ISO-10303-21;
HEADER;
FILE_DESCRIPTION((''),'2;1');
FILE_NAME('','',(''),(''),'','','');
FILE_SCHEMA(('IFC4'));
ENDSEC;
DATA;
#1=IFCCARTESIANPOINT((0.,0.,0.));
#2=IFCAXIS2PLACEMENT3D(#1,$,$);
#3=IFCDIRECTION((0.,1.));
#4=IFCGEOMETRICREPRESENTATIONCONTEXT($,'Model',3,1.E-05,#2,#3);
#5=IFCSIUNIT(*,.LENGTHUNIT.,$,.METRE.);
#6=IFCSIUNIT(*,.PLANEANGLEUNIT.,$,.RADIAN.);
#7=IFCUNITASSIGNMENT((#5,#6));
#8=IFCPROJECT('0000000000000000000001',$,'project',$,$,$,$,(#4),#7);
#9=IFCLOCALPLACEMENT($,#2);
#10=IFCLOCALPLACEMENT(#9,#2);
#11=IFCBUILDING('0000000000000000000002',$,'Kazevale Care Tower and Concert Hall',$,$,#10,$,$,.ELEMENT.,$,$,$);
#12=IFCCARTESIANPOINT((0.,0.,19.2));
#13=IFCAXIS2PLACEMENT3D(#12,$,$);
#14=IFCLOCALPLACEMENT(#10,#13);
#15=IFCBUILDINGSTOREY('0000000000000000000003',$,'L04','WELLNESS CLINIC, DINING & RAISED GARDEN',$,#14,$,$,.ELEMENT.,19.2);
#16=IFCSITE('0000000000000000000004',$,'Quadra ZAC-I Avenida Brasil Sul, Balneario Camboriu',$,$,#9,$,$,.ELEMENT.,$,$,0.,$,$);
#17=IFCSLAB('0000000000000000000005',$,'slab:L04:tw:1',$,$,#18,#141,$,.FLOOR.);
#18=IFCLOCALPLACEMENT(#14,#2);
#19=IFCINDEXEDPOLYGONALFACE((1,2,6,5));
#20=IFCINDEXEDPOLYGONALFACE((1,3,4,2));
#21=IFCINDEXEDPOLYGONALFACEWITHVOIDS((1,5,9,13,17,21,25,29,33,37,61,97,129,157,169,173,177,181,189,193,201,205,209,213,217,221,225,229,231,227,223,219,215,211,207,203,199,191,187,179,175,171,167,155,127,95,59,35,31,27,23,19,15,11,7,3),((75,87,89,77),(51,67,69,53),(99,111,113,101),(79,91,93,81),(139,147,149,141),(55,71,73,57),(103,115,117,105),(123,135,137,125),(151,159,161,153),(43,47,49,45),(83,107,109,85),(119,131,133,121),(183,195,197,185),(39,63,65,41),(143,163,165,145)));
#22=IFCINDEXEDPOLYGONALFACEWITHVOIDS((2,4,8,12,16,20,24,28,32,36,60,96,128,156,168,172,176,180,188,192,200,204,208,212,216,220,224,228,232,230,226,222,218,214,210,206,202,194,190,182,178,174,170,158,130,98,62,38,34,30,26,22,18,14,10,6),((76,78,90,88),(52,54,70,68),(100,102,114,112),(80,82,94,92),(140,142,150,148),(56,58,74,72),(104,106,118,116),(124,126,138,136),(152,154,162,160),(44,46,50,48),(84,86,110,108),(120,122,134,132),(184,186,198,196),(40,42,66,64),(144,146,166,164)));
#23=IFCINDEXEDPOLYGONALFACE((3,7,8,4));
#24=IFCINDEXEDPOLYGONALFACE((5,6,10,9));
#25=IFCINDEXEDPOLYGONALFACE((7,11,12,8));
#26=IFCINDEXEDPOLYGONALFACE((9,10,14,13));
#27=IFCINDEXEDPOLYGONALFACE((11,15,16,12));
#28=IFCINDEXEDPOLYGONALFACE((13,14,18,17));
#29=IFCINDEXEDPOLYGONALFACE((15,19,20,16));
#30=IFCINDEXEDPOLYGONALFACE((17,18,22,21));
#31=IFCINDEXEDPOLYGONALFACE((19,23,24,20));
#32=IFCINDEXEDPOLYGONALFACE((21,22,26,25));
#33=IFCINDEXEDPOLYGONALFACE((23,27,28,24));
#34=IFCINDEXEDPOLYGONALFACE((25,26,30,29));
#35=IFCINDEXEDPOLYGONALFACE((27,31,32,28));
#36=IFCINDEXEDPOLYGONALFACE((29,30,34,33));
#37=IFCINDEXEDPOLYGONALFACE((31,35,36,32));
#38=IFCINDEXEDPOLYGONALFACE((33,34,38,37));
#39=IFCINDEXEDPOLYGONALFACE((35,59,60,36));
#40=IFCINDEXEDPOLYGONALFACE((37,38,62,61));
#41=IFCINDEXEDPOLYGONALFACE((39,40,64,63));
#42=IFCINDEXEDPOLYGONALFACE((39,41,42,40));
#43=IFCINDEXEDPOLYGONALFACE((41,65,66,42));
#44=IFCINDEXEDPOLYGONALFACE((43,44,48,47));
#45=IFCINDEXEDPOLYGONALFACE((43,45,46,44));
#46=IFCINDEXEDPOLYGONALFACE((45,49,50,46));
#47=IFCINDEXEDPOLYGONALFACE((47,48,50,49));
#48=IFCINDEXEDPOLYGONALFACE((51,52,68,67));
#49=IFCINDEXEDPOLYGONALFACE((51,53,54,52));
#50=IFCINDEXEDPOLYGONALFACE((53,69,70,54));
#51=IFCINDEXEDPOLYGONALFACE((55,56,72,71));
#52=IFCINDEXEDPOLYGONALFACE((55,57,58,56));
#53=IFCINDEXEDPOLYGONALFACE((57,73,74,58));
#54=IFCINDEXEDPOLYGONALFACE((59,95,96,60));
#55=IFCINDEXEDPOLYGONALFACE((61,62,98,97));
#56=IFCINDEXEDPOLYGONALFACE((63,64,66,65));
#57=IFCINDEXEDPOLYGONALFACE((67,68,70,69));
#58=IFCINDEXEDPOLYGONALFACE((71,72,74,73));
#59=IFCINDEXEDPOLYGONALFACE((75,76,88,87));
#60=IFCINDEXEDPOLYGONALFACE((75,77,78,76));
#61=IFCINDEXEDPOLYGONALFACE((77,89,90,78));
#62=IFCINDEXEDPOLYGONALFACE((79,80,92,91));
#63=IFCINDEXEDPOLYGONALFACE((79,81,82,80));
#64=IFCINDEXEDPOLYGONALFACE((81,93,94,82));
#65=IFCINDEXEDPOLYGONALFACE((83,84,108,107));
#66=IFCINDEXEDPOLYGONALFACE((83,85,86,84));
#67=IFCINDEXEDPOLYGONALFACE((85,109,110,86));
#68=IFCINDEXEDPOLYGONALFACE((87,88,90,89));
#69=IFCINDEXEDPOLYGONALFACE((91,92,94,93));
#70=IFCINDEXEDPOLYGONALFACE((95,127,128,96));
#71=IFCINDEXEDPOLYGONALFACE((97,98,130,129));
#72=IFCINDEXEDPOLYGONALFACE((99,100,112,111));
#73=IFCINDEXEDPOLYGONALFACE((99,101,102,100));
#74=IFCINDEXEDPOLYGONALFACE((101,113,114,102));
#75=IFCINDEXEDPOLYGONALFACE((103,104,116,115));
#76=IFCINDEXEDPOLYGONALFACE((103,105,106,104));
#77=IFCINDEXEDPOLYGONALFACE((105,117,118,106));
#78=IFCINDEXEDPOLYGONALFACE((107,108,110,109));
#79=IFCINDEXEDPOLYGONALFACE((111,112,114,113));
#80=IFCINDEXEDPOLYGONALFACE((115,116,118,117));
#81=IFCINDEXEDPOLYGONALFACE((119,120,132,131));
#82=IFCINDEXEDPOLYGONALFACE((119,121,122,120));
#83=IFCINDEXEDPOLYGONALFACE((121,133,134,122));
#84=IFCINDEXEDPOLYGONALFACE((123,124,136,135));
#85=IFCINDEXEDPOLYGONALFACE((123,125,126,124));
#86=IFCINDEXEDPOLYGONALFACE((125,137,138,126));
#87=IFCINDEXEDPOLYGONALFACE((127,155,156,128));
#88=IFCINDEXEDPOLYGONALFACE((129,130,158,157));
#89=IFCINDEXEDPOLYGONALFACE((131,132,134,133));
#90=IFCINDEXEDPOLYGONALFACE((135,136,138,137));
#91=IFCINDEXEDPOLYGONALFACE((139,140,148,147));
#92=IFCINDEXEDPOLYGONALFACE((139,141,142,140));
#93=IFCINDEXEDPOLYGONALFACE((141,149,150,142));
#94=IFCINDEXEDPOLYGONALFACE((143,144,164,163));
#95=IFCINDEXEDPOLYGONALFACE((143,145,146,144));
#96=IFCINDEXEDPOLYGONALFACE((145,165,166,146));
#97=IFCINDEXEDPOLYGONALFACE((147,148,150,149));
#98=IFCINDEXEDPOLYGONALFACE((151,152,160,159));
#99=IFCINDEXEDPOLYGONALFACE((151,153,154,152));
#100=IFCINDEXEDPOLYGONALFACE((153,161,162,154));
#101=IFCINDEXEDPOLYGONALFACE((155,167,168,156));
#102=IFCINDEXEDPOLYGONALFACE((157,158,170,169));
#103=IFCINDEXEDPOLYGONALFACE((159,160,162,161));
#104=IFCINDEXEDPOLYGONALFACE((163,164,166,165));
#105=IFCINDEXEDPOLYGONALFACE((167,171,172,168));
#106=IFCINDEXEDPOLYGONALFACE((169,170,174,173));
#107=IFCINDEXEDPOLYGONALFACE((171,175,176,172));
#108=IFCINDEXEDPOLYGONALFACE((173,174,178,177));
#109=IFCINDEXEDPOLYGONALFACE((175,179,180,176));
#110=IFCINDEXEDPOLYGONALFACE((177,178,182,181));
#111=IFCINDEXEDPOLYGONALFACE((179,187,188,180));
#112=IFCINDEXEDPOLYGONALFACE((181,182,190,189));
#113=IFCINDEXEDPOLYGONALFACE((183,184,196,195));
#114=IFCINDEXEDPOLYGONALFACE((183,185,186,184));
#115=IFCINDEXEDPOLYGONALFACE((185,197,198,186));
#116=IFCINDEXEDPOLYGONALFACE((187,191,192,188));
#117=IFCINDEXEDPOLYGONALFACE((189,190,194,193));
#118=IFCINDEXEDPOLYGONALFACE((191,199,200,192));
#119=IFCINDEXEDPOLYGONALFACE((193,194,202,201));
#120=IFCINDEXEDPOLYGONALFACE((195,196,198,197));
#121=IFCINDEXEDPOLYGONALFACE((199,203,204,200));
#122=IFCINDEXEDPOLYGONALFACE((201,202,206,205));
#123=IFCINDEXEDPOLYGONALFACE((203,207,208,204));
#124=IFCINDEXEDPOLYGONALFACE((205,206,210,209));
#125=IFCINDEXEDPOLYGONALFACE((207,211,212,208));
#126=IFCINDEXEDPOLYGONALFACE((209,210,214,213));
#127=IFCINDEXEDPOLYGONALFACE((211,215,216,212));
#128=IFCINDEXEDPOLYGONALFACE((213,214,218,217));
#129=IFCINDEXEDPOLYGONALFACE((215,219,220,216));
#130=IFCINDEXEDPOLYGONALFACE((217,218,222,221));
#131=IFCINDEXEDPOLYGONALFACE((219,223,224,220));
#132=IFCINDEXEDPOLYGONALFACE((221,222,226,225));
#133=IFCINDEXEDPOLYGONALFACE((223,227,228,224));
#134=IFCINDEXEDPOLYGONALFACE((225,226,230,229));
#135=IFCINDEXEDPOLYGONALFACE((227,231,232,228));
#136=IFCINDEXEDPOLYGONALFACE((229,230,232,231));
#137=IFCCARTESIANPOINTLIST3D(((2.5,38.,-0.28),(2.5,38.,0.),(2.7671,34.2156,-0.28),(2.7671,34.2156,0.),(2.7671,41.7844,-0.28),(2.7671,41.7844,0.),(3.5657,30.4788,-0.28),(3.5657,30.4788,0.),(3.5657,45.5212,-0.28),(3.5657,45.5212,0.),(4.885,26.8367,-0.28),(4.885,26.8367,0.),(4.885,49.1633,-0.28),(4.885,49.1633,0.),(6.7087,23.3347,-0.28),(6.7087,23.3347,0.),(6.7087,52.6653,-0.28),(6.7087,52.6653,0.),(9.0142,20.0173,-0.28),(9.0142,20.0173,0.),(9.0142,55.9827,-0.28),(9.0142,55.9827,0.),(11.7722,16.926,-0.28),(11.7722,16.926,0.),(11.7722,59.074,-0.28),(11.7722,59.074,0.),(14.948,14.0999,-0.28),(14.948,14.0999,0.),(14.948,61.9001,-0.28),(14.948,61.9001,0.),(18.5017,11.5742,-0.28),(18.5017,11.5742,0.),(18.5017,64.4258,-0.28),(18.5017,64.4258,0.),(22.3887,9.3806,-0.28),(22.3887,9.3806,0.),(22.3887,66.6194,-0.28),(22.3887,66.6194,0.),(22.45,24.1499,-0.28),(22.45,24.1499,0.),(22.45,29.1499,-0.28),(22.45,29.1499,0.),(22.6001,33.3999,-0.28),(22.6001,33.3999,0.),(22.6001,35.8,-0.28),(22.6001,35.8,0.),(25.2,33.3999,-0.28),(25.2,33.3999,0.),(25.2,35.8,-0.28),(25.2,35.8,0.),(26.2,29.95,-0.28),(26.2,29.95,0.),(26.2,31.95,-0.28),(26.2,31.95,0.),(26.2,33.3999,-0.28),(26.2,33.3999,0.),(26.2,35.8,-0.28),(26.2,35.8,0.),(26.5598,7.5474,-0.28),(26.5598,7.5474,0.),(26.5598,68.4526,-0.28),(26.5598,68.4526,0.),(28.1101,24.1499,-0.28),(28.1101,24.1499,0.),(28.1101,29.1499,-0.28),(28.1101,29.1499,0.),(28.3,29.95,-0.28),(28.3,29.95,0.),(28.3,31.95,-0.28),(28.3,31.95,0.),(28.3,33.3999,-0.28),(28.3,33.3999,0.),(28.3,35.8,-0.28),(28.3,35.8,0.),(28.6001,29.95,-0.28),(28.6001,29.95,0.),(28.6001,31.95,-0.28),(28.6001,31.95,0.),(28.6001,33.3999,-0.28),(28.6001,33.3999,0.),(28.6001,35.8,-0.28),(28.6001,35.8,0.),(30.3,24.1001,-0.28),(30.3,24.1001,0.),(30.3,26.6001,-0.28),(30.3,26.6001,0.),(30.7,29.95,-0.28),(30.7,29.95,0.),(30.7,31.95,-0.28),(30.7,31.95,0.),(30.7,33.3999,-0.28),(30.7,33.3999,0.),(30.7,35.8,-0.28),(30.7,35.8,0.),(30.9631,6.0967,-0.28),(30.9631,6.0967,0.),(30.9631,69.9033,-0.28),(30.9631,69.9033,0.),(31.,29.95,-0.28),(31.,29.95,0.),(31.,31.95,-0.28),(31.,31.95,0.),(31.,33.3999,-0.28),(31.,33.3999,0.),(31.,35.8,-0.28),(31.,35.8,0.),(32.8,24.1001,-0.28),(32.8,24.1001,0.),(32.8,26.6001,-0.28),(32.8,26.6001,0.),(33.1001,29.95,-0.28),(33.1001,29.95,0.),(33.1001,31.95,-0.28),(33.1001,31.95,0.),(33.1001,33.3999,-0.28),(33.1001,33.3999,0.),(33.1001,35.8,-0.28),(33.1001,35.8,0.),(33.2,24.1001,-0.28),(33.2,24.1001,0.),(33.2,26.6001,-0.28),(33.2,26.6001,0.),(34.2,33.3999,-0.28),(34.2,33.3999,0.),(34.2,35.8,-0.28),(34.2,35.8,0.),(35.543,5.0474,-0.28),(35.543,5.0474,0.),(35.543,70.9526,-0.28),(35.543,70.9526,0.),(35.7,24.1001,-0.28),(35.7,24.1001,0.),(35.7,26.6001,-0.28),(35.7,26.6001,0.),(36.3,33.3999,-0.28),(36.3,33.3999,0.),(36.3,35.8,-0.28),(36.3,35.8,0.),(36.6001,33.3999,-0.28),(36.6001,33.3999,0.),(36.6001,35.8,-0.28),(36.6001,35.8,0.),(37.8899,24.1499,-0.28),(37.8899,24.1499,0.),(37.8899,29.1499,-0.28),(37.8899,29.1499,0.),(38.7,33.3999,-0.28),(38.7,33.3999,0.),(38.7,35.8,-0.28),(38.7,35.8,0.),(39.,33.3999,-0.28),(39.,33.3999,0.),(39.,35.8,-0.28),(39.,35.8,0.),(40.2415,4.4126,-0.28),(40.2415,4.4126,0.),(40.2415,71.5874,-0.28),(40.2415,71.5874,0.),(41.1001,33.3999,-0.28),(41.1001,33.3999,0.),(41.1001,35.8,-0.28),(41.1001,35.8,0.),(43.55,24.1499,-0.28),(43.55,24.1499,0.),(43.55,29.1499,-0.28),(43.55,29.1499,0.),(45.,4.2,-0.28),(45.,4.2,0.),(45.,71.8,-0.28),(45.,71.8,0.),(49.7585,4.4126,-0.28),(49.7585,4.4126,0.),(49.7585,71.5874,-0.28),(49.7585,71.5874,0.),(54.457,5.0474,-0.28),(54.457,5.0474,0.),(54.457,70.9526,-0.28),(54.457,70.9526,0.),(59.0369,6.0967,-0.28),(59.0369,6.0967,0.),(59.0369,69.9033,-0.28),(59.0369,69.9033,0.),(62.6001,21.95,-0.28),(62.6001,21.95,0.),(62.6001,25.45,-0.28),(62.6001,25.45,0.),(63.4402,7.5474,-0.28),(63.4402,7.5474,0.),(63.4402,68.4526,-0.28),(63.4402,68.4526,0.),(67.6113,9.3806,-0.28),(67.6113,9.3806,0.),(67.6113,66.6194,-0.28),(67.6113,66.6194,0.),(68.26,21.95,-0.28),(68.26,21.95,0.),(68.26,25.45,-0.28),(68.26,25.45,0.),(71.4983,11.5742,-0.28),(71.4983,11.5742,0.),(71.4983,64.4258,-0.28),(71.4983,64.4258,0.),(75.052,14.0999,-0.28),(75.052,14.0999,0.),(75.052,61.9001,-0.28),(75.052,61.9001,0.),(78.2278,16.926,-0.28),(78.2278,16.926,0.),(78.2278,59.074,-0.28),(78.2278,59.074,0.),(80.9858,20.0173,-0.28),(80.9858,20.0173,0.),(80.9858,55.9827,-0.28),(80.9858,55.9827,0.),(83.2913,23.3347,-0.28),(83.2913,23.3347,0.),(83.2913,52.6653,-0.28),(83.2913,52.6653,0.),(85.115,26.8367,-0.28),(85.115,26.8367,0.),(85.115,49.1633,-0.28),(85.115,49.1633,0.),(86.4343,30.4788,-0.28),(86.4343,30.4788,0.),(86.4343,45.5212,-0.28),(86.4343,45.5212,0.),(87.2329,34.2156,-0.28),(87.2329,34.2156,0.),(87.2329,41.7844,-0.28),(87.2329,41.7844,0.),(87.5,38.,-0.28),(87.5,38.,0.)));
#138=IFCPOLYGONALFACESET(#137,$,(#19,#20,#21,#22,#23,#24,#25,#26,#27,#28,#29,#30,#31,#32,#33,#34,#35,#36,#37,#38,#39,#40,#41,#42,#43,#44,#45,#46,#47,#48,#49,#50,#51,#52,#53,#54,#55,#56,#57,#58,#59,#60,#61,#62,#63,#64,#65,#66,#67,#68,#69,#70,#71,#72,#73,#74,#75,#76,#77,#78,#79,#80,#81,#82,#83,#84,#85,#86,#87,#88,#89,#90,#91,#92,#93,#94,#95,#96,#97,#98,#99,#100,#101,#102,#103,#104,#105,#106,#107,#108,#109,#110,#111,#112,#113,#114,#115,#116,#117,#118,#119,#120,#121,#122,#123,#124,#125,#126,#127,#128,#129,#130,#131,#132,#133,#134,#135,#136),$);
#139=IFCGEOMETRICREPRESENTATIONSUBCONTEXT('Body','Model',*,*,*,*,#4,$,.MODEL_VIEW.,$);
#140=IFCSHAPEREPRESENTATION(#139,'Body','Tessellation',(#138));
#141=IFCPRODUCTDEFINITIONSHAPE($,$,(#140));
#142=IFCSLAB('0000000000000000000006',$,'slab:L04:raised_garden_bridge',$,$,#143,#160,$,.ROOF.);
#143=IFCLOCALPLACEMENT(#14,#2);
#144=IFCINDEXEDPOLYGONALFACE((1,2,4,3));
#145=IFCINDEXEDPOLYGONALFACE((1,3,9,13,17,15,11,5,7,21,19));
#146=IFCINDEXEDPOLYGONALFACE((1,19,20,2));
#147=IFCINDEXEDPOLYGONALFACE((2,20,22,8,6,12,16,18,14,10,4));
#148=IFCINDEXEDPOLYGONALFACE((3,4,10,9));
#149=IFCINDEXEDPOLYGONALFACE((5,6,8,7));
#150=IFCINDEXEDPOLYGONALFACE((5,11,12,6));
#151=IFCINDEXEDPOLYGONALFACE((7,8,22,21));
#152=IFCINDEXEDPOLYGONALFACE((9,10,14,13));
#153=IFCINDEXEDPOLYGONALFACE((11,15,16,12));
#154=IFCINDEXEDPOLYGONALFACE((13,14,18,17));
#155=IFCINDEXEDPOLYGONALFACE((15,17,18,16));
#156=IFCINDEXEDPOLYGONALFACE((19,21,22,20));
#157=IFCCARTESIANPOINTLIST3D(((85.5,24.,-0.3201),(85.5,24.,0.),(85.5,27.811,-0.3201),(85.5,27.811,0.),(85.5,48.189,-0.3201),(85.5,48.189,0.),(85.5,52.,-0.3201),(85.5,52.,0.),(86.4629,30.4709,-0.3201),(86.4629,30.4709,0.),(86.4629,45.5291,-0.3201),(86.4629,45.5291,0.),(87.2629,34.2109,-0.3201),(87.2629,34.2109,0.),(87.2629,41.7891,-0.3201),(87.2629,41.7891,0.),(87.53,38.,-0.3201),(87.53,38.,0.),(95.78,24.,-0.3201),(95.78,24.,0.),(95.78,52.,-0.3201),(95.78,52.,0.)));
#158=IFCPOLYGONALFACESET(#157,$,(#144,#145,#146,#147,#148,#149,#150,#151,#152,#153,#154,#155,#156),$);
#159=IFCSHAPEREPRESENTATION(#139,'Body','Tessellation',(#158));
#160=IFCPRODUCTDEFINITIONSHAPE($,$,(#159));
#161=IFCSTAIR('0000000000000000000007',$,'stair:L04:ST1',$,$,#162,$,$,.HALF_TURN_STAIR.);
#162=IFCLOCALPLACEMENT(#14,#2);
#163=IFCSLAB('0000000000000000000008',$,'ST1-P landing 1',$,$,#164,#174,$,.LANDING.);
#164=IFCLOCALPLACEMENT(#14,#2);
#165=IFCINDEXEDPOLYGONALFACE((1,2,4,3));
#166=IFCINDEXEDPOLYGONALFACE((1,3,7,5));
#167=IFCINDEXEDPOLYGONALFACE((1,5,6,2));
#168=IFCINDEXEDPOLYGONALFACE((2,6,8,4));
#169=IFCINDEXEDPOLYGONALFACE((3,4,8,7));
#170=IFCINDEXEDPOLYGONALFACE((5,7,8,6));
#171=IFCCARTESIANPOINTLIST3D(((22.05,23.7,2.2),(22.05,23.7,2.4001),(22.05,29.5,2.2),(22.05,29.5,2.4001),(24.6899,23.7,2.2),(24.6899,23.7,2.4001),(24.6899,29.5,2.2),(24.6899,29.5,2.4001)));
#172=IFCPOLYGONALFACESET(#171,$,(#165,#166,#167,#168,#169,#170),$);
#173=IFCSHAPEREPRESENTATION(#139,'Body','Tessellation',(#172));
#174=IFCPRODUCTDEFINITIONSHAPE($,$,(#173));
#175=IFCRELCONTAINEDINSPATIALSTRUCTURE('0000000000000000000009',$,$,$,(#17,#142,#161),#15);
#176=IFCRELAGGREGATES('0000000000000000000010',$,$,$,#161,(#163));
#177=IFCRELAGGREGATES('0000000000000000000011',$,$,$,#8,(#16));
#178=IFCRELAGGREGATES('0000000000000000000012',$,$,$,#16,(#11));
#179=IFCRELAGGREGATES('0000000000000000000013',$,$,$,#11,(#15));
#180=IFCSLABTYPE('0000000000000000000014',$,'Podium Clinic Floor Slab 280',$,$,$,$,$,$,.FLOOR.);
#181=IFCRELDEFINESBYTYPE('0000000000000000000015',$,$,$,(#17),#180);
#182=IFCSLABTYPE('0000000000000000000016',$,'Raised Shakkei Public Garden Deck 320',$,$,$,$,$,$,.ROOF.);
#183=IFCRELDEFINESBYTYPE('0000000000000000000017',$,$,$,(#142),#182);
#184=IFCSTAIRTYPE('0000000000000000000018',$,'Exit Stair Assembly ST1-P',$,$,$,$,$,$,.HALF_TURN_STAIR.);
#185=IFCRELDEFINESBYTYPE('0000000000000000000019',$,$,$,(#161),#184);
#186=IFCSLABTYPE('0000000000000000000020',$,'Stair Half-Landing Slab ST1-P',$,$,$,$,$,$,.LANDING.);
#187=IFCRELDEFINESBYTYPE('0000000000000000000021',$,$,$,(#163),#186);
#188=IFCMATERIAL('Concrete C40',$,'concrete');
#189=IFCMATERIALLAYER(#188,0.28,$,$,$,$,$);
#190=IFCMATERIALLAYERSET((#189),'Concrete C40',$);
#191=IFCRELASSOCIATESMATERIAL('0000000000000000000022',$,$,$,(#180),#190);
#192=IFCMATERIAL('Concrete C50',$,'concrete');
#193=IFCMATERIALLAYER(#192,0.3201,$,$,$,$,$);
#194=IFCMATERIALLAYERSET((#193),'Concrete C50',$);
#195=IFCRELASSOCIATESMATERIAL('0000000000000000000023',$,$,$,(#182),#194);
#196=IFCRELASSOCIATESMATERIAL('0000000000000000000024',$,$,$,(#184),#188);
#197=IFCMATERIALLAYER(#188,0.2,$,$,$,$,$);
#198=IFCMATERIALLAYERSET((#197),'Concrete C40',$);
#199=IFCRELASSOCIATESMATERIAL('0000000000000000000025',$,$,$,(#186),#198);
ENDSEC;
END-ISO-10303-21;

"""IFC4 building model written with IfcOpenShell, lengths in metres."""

from ifc_helpers import new_model, si_unit, direction, frame, origin, place, context, subcontext, project, spatial, polyline, outline, extrude, material, layer, layer_set, type_object, element, aggregate, save


model = new_model("IFC4")

# Units and contexts
model_context = context("Model", 3, precision=1e-05, world=origin(), true_north=direction((0.0, 1.0)))
body_context = subcontext(model_context, "Body", "Model", "MODEL_VIEW")
ifc_project = project(units=[si_unit("LENGTHUNIT", "METRE"), si_unit("PLANEANGLEUNIT", "RADIAN")], contexts=[model_context])

# Site, building, storey
site_placement = place(None, origin())
site = spatial("IfcSite", under=ifc_project, at=site_placement, Name="Quadra ZAC-I Avenida Brasil Sul, Balneario Camboriu", CompositionType="ELEMENT", RefElevation=0.0)
building_placement = place(site_placement, origin())
building = spatial("IfcBuilding", under=site, at=building_placement, Name="Kazevale Care Tower and Concert Hall", CompositionType="ELEMENT")
storey_placement = place(building_placement, frame((0.0, 0.0, 19.2)))
storey = spatial("IfcBuildingStorey", under=building, at=storey_placement, Name="L04", Description="WELLNESS CLINIC, DINING & RAISED GARDEN", CompositionType="ELEMENT", Elevation=19.2)

# Shared definitions
ifc_material_1 = material(Name="Concrete C40", Category="concrete")

# Slabs
ifc_layer_1 = layer(ifc_material_1, 0.28)
ifc_layer_set_1 = layer_set([ifc_layer_1], Name="Concrete C40")
slab_type_1 = type_object("IfcSlabType", Name="Podium Clinic Floor Slab 280", PredefinedType="FLOOR", material=ifc_layer_set_1)
slab_1_placement = place(storey_placement, frame((0.0, 0.0, -0.28)))
element("IfcSlab", 1, at=slab_1_placement, inside=storey, type_object=slab_type_1, Name="slab:L04:tw:1", PredefinedType="FLOOR", context=body_context, shape_type="SweptSolid", body=[
    extrude(outline(polyline([(87.5, 38.0), (87.2329, 41.7844), (86.4343, 45.5212), (85.115, 49.1633), (83.2913, 52.6653), (80.9858, 55.9827), (78.2278, 59.074), (75.052, 61.9001), (71.4983, 64.4258), (67.6113, 66.6194), (63.4402, 68.4526), (59.0369, 69.9033), (54.457, 70.9526), (49.7585, 71.5874), (45.0, 71.8), (40.2415, 71.5874), (35.543, 70.9526), (30.9631, 69.9033), (26.5598, 68.4526), (22.3887, 66.6194), (18.5017, 64.4258), (14.948, 61.9001), (11.7722, 59.074), (9.0142, 55.9827), (6.7087, 52.6653), (4.885, 49.1633), (3.5657, 45.5212), (2.7671, 41.7844), (2.5, 38.0), (2.7671, 34.2156), (3.5657, 30.4788), (4.885, 26.8367), (6.7087, 23.3347), (9.0142, 20.0173), (11.7722, 16.926), (14.948, 14.0999), (18.5017, 11.5742), (22.3887, 9.3806), (26.5598, 7.5474), (30.9631, 6.0967), (35.543, 5.0474), (40.2415, 4.4126), (45.0, 4.2), (49.7585, 4.4126), (54.457, 5.0474), (59.0369, 6.0967), (63.4402, 7.5474), (67.6113, 9.3806), (71.4983, 11.5742), (75.052, 14.0999), (78.2278, 16.926), (80.9858, 20.0173), (83.2913, 23.3347), (85.115, 26.8367), (86.4343, 30.4788), (87.2329, 34.2156), (87.5, 38.0)]), holes=[polyline([(22.45, 24.1499), (28.1101, 24.1499), (28.1101, 29.1499), (22.45, 29.1499), (22.45, 24.1499)]), polyline([(37.8899, 24.1499), (43.55, 24.1499), (43.55, 29.1499), (37.8899, 29.1499), (37.8899, 24.1499)]), polyline([(30.3, 24.1001), (32.8, 24.1001), (32.8, 26.6001), (30.3, 26.6001), (30.3, 24.1001)]), polyline([(33.2, 24.1001), (35.7, 24.1001), (35.7, 26.6001), (33.2, 26.6001), (33.2, 24.1001)]), polyline([(22.6001, 33.3999), (25.2, 33.3999), (25.2, 35.8), (22.6001, 35.8), (22.6001, 33.3999)]), polyline([(26.2, 33.3999), (28.3, 33.3999), (28.3, 35.8), (26.2, 35.8), (26.2, 33.3999)]), polyline([(28.6001, 33.3999), (30.7, 33.3999), (30.7, 35.8), (28.6001, 35.8), (28.6001, 33.3999)]), polyline([(31.0, 33.3999), (33.1001, 33.3999), (33.1001, 35.8), (31.0, 35.8), (31.0, 33.3999)]), polyline([(34.2, 33.3999), (36.3, 33.3999), (36.3, 35.8), (34.2, 35.8), (34.2, 33.3999)]), polyline([(36.6001, 33.3999), (38.7, 33.3999), (38.7, 35.8), (36.6001, 35.8), (36.6001, 33.3999)]), polyline([(39.0, 33.3999), (41.1001, 33.3999), (41.1001, 35.8), (39.0, 35.8), (39.0, 33.3999)]), polyline([(26.2, 29.95), (28.3, 29.95), (28.3, 31.95), (26.2, 31.95), (26.2, 29.95)]), polyline([(28.6001, 29.95), (30.7, 29.95), (30.7, 31.95), (28.6001, 31.95), (28.6001, 29.95)]), polyline([(31.0, 29.95), (33.1001, 29.95), (33.1001, 31.95), (31.0, 31.95), (31.0, 29.95)]), polyline([(62.6001, 21.95), (68.26, 21.95), (68.26, 25.45), (62.6001, 25.45), (62.6001, 21.95)])]), origin(), (0.0, 0.0, 1.0), 0.28),
])
ifc_material_2 = material(Name="Concrete C50", Category="concrete")
ifc_layer_2 = layer(ifc_material_2, 0.3201)
ifc_layer_set_2 = layer_set([ifc_layer_2], Name="Concrete C50")
slab_type_2 = type_object("IfcSlabType", Name="Raised Shakkei Public Garden Deck 320", PredefinedType="ROOF", material=ifc_layer_set_2)
slab_2_placement = place(storey_placement, frame((0.0, 0.0, -0.3201)))
element("IfcSlab", 2, at=slab_2_placement, inside=storey, type_object=slab_type_2, Name="slab:L04:raised_garden_bridge", PredefinedType="ROOF", context=body_context, shape_type="SweptSolid", body=[
    extrude(outline(polyline([(85.5, 52.0), (95.78, 52.0), (95.78, 24.0), (85.5, 24.0), (85.5, 27.811), (86.4629, 30.4709), (87.2629, 34.2109), (87.53, 38.0), (87.2629, 41.7891), (86.4629, 45.5291), (85.5, 48.189), (85.5, 52.0)])), origin(), (0.0, 0.0, 1.0), 0.3201),
])

# Stair, slab
stair_type = type_object("IfcStairType", Name="Exit Stair Assembly ST1-P", PredefinedType="HALF_TURN_STAIR", material=ifc_material_1)
stair_1_placement = place(storey_placement, origin())
stair_1 = element("IfcStair", 3, at=stair_1_placement, inside=storey, type_object=stair_type, Name="stair:L04:ST1", PredefinedType="HALF_TURN_STAIR")
ifc_layer_3 = layer(ifc_material_1, 0.2)
ifc_layer_set_3 = layer_set([ifc_layer_3], Name="Concrete C40")
slab_type_3 = type_object("IfcSlabType", Name="Stair Half-Landing Slab ST1-P", PredefinedType="LANDING", material=ifc_layer_set_3)
slab_3_placement = place(storey_placement, frame((0.0, 0.0, 2.2)))
slab_3 = element("IfcSlab", 4, at=slab_3_placement, type_object=slab_type_3, Name="ST1-P landing 1", PredefinedType="LANDING", context=body_context, shape_type="SweptSolid", body=[
    extrude(outline(polyline([(22.05, 23.7), (24.6899, 23.7), (24.6899, 29.5), (22.05, 29.5), (22.05, 23.7)])), origin(), (0.0, 0.0, 1.0), 0.2002),
])
aggregate(stair_1, [slab_3])

save(model, "model.ifc")
